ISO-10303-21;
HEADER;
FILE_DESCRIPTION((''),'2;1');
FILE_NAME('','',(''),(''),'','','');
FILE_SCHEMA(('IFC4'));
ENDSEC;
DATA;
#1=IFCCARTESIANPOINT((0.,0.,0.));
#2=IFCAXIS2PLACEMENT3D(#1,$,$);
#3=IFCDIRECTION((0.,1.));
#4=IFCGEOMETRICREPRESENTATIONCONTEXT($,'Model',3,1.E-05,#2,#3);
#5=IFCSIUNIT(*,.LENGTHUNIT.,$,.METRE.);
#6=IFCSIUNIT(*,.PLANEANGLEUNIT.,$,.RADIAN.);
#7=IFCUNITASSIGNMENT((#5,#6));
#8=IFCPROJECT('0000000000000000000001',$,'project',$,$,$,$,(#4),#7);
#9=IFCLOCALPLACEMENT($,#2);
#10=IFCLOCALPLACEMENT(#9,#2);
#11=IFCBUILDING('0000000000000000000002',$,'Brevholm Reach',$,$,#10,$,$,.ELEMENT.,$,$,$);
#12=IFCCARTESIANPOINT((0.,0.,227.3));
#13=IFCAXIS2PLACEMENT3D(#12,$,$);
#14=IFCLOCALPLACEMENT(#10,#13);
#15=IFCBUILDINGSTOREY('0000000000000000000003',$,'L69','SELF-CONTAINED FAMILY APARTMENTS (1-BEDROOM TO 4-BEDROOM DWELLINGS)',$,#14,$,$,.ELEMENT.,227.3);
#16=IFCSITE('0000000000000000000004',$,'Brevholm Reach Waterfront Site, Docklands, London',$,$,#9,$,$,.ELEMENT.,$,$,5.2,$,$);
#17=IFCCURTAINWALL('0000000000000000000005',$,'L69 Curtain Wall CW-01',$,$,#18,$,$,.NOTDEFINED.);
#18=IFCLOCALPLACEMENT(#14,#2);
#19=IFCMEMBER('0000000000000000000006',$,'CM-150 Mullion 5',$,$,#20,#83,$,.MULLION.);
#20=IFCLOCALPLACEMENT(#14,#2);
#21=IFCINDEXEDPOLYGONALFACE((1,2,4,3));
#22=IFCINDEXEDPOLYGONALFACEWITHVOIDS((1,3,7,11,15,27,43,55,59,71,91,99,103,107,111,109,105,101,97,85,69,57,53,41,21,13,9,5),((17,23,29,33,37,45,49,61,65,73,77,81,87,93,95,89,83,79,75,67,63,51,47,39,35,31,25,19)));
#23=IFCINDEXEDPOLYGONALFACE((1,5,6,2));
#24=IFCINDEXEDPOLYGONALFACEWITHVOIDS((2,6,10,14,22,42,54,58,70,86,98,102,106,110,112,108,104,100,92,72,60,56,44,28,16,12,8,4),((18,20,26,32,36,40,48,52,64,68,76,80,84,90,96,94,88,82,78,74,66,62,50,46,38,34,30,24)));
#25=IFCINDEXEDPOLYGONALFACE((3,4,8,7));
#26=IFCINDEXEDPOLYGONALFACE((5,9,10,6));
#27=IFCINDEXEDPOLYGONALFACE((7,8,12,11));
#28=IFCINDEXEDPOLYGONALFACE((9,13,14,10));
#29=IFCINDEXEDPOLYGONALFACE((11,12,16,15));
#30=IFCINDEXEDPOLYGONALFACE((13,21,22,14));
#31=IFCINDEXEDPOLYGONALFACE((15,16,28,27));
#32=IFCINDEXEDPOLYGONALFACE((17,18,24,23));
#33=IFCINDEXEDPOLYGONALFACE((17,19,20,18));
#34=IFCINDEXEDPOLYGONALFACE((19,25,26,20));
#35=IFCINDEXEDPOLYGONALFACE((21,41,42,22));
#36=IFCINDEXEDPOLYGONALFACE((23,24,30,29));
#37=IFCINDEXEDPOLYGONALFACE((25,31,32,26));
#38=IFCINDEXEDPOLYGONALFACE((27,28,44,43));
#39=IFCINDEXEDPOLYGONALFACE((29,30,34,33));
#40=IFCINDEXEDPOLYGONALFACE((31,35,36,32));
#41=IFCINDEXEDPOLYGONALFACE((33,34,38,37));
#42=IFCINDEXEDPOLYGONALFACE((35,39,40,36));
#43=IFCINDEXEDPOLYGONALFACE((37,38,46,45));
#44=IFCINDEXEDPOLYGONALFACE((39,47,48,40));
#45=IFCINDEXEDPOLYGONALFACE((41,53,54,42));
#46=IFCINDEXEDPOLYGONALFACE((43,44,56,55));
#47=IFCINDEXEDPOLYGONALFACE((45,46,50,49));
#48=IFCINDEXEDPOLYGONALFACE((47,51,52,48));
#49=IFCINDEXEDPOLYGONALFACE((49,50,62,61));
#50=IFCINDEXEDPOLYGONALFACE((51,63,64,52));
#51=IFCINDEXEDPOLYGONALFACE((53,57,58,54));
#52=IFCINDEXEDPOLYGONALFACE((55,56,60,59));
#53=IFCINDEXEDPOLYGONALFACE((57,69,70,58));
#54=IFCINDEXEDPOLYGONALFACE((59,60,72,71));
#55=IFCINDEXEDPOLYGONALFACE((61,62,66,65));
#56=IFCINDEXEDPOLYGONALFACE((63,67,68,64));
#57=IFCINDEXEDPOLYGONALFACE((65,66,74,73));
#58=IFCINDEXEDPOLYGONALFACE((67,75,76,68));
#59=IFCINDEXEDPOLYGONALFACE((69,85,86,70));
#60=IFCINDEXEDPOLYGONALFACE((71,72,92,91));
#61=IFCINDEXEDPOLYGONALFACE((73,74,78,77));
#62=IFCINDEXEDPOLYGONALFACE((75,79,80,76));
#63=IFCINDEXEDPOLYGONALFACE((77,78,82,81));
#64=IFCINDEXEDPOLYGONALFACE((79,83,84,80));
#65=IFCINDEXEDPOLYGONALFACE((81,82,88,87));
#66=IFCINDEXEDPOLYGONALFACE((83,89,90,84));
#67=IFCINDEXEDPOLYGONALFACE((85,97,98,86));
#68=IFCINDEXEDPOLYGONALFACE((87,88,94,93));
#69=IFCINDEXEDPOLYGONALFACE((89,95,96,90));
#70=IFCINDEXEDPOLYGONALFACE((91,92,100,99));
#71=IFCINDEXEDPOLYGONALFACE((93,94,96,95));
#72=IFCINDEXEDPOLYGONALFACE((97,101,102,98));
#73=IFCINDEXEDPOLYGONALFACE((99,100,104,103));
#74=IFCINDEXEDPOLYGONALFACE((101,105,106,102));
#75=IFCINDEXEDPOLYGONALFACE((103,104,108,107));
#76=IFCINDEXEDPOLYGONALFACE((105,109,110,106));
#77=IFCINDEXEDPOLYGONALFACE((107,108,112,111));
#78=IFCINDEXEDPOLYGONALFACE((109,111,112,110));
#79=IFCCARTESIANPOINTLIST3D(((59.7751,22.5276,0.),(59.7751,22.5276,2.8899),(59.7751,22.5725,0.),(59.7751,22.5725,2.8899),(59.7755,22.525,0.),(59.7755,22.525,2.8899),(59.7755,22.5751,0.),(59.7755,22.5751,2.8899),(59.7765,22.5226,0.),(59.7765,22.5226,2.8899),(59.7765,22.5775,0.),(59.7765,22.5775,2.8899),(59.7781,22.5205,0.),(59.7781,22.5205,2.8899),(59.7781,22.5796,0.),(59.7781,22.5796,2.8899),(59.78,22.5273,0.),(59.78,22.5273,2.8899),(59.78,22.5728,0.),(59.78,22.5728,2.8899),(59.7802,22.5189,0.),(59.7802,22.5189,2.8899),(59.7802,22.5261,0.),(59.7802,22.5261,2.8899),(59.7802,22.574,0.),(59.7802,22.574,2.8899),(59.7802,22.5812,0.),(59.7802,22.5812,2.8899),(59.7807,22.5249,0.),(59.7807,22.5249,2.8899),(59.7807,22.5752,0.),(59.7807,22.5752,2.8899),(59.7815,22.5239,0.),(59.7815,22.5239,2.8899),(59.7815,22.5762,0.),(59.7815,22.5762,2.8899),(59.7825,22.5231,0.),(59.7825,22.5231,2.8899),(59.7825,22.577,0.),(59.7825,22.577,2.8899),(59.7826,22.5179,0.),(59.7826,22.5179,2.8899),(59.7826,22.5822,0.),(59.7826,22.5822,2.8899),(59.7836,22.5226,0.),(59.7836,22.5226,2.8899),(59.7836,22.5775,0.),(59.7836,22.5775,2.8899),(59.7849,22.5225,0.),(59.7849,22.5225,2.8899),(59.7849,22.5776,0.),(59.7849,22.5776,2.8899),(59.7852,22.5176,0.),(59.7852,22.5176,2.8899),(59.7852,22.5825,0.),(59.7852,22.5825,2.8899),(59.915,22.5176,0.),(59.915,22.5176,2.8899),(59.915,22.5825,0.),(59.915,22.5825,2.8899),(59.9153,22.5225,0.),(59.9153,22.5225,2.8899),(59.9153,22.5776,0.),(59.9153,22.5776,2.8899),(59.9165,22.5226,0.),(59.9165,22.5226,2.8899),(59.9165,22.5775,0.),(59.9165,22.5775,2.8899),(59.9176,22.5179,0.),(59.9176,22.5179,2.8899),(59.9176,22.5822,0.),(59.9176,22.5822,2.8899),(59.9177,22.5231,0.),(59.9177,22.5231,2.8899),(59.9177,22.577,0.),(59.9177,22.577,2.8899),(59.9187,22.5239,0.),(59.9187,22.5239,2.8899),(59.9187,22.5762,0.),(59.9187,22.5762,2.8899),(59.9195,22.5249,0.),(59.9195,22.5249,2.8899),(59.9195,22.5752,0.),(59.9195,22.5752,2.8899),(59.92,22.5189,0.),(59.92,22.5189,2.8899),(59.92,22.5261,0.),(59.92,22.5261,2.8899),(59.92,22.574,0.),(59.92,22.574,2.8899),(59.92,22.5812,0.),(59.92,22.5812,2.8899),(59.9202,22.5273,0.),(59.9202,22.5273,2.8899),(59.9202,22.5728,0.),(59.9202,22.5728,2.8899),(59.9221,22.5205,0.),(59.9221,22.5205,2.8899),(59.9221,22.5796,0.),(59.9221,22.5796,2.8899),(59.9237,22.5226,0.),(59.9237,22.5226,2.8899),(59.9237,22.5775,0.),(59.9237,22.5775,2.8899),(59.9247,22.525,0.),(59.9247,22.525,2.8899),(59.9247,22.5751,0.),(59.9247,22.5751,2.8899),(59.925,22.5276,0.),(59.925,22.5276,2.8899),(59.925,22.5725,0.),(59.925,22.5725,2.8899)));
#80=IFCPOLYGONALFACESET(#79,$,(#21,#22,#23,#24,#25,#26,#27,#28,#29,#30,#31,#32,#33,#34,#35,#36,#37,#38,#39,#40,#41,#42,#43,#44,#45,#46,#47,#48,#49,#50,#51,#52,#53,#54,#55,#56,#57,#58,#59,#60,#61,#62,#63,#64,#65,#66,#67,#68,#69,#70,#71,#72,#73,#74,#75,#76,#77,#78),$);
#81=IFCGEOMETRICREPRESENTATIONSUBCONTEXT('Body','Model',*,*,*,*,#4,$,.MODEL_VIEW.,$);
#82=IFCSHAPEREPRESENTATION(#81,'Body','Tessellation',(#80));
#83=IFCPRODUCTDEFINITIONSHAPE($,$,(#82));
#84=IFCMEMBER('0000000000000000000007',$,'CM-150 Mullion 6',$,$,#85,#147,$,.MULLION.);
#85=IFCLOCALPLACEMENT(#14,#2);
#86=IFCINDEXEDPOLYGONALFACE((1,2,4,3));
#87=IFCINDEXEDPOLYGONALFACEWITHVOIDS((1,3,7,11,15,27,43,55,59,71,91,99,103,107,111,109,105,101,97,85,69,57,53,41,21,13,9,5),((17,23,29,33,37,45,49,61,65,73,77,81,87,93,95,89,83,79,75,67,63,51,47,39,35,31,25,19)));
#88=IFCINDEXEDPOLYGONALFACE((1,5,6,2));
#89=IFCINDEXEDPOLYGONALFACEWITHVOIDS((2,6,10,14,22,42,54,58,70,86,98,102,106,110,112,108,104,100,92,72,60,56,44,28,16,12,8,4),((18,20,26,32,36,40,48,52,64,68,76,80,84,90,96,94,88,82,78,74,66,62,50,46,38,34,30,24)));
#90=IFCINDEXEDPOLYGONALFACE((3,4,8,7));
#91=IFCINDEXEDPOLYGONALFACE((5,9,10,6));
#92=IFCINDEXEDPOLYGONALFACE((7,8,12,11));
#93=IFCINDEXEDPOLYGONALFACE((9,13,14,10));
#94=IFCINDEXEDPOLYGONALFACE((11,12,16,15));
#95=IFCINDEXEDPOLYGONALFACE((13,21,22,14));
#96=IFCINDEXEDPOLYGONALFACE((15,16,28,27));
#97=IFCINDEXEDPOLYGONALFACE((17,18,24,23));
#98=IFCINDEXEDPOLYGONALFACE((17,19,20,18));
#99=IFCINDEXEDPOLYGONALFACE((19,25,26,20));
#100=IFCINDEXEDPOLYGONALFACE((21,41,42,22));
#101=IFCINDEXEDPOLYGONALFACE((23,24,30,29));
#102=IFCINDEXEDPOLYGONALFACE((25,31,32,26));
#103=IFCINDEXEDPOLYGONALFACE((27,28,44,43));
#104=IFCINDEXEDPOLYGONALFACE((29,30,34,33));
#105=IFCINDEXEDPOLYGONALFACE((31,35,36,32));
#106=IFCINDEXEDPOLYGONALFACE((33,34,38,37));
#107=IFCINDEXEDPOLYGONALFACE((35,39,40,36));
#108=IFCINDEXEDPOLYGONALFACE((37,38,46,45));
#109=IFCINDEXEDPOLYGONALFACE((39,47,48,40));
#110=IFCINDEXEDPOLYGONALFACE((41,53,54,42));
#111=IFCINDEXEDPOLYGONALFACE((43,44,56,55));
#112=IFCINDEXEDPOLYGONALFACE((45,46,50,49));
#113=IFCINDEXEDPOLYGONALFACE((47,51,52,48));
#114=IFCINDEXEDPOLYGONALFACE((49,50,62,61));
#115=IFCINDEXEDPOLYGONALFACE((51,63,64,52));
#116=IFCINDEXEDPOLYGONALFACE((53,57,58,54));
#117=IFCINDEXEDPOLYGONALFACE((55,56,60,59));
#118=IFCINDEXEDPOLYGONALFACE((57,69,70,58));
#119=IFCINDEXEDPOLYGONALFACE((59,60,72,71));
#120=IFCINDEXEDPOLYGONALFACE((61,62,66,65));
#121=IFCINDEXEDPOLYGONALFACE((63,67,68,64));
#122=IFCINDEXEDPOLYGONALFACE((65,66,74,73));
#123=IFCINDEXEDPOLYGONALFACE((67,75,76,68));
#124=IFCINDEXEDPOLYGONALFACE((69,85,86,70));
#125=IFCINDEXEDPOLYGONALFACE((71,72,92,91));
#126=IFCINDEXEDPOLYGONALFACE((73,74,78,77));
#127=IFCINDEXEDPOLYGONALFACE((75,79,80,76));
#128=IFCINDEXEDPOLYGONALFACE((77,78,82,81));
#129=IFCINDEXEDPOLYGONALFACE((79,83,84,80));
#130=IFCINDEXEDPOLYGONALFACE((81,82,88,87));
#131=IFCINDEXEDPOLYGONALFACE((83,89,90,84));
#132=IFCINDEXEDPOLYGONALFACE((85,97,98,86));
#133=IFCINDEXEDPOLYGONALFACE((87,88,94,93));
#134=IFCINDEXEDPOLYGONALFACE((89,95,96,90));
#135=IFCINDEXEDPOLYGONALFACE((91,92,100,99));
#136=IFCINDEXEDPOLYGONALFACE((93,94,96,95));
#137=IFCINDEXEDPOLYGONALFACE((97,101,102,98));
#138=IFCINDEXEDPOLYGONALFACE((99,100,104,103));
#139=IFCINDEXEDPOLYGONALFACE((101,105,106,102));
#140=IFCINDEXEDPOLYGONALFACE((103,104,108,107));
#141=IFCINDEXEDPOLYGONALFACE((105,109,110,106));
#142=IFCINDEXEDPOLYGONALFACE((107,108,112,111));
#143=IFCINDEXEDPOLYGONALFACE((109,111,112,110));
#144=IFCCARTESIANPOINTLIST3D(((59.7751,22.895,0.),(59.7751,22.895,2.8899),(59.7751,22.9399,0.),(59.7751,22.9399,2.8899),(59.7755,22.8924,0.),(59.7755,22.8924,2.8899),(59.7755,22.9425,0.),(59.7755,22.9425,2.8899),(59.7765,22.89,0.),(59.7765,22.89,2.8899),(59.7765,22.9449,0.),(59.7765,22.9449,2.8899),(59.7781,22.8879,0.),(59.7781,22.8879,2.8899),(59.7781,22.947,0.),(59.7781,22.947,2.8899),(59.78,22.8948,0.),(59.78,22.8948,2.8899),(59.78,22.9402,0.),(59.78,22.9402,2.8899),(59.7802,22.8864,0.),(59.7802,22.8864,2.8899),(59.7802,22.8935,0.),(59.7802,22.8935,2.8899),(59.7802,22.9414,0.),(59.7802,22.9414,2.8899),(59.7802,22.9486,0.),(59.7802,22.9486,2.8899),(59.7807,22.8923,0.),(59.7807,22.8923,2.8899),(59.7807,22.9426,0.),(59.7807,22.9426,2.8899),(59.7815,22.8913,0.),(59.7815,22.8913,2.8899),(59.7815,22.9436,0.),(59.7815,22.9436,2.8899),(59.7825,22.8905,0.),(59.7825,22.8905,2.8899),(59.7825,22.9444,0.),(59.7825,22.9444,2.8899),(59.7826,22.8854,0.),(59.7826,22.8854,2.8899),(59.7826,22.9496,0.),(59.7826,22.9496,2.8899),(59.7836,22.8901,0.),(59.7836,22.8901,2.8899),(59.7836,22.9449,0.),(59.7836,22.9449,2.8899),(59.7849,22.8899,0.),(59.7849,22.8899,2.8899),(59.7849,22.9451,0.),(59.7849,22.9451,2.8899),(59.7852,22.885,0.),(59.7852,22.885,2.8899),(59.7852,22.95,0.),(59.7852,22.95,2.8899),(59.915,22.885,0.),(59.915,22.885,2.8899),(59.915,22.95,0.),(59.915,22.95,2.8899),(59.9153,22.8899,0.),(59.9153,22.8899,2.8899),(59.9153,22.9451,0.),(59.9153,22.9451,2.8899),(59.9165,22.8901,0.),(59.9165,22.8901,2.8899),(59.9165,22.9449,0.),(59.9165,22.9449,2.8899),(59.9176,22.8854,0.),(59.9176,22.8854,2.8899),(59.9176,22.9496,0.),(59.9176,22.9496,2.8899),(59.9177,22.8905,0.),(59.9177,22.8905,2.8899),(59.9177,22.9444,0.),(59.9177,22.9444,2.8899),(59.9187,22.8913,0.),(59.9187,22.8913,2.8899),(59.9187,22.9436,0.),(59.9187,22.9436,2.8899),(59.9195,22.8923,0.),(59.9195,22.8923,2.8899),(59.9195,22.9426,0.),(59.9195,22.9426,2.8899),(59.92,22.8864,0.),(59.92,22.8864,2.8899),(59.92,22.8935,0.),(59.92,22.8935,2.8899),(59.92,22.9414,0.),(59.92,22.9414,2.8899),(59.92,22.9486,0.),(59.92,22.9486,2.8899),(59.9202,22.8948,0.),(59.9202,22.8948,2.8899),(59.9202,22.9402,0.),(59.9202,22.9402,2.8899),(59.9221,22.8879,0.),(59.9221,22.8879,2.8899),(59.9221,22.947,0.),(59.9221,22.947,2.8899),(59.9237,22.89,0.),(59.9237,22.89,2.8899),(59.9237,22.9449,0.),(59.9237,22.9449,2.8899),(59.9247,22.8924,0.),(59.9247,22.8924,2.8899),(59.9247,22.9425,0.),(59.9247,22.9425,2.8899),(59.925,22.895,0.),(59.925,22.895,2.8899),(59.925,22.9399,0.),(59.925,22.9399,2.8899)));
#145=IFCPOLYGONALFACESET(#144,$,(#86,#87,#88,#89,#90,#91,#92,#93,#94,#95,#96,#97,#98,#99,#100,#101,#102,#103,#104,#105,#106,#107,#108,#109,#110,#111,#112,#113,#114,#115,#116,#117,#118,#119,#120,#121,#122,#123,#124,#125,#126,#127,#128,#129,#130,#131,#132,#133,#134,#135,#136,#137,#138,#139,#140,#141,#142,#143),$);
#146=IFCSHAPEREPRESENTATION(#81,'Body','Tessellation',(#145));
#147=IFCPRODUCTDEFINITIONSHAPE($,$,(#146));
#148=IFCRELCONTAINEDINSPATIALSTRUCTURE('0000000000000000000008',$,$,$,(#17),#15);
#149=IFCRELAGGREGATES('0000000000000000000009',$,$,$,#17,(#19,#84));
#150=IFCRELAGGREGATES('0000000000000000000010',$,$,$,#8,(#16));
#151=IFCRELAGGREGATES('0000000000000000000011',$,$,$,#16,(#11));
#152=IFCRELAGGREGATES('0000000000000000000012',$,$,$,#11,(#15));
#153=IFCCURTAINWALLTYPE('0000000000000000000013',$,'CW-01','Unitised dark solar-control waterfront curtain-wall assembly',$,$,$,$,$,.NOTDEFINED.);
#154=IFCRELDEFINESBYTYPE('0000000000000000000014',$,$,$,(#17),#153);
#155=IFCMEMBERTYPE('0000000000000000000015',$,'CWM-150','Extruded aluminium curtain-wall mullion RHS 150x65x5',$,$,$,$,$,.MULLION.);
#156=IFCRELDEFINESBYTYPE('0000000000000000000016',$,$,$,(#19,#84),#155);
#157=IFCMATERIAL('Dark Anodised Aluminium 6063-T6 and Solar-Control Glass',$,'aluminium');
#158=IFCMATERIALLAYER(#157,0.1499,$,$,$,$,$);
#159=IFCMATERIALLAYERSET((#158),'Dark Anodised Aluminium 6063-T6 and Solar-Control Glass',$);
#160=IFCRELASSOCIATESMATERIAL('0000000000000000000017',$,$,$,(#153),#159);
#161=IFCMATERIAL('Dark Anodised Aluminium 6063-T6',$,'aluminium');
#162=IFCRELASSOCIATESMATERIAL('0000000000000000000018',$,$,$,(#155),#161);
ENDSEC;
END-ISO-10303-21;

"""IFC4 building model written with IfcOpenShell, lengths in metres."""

from ifc_helpers import new_model, si_unit, direction, frame, origin, origin_2d, place, context, subcontext, project, spatial, hollow_rectangle, extrude, material, layer, layer_set, material_profile, profile_set, type_object, element, aggregate, save


model = new_model("IFC4")

# Units and contexts
model_context = context("Model", 3, precision=1e-05, world=origin(), true_north=direction((0.0, 1.0)))
body_context = subcontext(model_context, "Body", "Model", "MODEL_VIEW")
ifc_project = project(units=[si_unit("LENGTHUNIT", "METRE"), si_unit("PLANEANGLEUNIT", "RADIAN")], contexts=[model_context])

# Site, building, storey
site_placement = place(None, origin())
site = spatial("IfcSite", under=ifc_project, at=site_placement, Name="Brevholm Reach Waterfront Site, Docklands, London", CompositionType="ELEMENT", RefElevation=5.2)
building_placement = place(site_placement, origin())
building = spatial("IfcBuilding", under=site, at=building_placement, Name="Brevholm Reach", CompositionType="ELEMENT")
storey_placement = place(building_placement, frame((0.0, 0.0, 227.3)))
storey = spatial("IfcBuildingStorey", under=building, at=storey_placement, Name="L69", Description="SELF-CONTAINED FAMILY APARTMENTS (1-BEDROOM TO 4-BEDROOM DWELLINGS)", CompositionType="ELEMENT", Elevation=227.3)

# Curtain wall, members
ifc_material_1 = material(Name="Dark Anodised Aluminium 6063-T6 and Solar-Control Glass", Category="aluminium")
ifc_layer_1 = layer(ifc_material_1, 0.1499)
ifc_layer_set_1 = layer_set([ifc_layer_1], Name="Dark Anodised Aluminium 6063-T6 and Solar-Control Glass")
curtain_wall_type = type_object("IfcCurtainWallType", Name="CW-01", Description="Unitised dark solar-control waterfront curtain-wall assembly", PredefinedType="NOTDEFINED", material=ifc_layer_set_1)
curtain_wall_placement = place(storey_placement, origin())
curtain_wall = element("IfcCurtainWall", 1, at=curtain_wall_placement, inside=storey, type_object=curtain_wall_type, Name="L69 Curtain Wall CW-01", PredefinedType="NOTDEFINED")
ifc_material_2 = material(Name="Dark Anodised Aluminium 6063-T6", Category="aluminium")
ifc_material_profile_1 = material_profile(ifc_material_2, hollow_rectangle(XDim=0.0649, YDim=0.1499, WallThickness=0.0049, InnerFilletRadius=0.0049, OuterFilletRadius=0.01, at=origin_2d()), Name="RHS 150x65x5")
ifc_profile_set_1 = profile_set([ifc_material_profile_1], Name="Dark Anodised Aluminium 6063-T6")
member_type_1 = type_object("IfcMemberType", Name="CWM-150", Description="Extruded aluminium curtain-wall mullion RHS 150x65x5", PredefinedType="MULLION", material=ifc_profile_set_1)
member_1_placement = place(storey_placement, frame((59.8501, 22.55, 0.0), z_axis=(0.0, 0.0, 1.0), x_axis=(0.0, 1.0, 0.0)))
member_1 = element("IfcMember", 2, at=member_1_placement, type_object=member_type_1, Name="CM-150 Mullion 5", PredefinedType="MULLION", context=body_context, shape_type="SweptSolid", body=[
    extrude(hollow_rectangle(XDim=0.0649, YDim=0.1499, WallThickness=0.0049, InnerFilletRadius=0.0049, OuterFilletRadius=0.01, at=origin_2d()), origin(), (0.0, 0.0, 1.0), 2.8899),
])
member_2_placement = place(storey_placement, frame((59.8501, 22.9175, 0.0), z_axis=(0.0, 0.0, 1.0), x_axis=(0.0, 1.0, 0.0)))
member_2 = element("IfcMember", 3, at=member_2_placement, type_object=member_type_1, Name="CM-150 Mullion 6", PredefinedType="MULLION", context=body_context, shape_type="SweptSolid", body=[
    extrude(hollow_rectangle(XDim=0.0649, YDim=0.1499, WallThickness=0.0049, InnerFilletRadius=0.0049, OuterFilletRadius=0.01, at=origin_2d()), origin(), (0.0, 0.0, 1.0), 2.8899),
])
aggregate(curtain_wall, [member_1, member_2])

save(model, "model.ifc")
